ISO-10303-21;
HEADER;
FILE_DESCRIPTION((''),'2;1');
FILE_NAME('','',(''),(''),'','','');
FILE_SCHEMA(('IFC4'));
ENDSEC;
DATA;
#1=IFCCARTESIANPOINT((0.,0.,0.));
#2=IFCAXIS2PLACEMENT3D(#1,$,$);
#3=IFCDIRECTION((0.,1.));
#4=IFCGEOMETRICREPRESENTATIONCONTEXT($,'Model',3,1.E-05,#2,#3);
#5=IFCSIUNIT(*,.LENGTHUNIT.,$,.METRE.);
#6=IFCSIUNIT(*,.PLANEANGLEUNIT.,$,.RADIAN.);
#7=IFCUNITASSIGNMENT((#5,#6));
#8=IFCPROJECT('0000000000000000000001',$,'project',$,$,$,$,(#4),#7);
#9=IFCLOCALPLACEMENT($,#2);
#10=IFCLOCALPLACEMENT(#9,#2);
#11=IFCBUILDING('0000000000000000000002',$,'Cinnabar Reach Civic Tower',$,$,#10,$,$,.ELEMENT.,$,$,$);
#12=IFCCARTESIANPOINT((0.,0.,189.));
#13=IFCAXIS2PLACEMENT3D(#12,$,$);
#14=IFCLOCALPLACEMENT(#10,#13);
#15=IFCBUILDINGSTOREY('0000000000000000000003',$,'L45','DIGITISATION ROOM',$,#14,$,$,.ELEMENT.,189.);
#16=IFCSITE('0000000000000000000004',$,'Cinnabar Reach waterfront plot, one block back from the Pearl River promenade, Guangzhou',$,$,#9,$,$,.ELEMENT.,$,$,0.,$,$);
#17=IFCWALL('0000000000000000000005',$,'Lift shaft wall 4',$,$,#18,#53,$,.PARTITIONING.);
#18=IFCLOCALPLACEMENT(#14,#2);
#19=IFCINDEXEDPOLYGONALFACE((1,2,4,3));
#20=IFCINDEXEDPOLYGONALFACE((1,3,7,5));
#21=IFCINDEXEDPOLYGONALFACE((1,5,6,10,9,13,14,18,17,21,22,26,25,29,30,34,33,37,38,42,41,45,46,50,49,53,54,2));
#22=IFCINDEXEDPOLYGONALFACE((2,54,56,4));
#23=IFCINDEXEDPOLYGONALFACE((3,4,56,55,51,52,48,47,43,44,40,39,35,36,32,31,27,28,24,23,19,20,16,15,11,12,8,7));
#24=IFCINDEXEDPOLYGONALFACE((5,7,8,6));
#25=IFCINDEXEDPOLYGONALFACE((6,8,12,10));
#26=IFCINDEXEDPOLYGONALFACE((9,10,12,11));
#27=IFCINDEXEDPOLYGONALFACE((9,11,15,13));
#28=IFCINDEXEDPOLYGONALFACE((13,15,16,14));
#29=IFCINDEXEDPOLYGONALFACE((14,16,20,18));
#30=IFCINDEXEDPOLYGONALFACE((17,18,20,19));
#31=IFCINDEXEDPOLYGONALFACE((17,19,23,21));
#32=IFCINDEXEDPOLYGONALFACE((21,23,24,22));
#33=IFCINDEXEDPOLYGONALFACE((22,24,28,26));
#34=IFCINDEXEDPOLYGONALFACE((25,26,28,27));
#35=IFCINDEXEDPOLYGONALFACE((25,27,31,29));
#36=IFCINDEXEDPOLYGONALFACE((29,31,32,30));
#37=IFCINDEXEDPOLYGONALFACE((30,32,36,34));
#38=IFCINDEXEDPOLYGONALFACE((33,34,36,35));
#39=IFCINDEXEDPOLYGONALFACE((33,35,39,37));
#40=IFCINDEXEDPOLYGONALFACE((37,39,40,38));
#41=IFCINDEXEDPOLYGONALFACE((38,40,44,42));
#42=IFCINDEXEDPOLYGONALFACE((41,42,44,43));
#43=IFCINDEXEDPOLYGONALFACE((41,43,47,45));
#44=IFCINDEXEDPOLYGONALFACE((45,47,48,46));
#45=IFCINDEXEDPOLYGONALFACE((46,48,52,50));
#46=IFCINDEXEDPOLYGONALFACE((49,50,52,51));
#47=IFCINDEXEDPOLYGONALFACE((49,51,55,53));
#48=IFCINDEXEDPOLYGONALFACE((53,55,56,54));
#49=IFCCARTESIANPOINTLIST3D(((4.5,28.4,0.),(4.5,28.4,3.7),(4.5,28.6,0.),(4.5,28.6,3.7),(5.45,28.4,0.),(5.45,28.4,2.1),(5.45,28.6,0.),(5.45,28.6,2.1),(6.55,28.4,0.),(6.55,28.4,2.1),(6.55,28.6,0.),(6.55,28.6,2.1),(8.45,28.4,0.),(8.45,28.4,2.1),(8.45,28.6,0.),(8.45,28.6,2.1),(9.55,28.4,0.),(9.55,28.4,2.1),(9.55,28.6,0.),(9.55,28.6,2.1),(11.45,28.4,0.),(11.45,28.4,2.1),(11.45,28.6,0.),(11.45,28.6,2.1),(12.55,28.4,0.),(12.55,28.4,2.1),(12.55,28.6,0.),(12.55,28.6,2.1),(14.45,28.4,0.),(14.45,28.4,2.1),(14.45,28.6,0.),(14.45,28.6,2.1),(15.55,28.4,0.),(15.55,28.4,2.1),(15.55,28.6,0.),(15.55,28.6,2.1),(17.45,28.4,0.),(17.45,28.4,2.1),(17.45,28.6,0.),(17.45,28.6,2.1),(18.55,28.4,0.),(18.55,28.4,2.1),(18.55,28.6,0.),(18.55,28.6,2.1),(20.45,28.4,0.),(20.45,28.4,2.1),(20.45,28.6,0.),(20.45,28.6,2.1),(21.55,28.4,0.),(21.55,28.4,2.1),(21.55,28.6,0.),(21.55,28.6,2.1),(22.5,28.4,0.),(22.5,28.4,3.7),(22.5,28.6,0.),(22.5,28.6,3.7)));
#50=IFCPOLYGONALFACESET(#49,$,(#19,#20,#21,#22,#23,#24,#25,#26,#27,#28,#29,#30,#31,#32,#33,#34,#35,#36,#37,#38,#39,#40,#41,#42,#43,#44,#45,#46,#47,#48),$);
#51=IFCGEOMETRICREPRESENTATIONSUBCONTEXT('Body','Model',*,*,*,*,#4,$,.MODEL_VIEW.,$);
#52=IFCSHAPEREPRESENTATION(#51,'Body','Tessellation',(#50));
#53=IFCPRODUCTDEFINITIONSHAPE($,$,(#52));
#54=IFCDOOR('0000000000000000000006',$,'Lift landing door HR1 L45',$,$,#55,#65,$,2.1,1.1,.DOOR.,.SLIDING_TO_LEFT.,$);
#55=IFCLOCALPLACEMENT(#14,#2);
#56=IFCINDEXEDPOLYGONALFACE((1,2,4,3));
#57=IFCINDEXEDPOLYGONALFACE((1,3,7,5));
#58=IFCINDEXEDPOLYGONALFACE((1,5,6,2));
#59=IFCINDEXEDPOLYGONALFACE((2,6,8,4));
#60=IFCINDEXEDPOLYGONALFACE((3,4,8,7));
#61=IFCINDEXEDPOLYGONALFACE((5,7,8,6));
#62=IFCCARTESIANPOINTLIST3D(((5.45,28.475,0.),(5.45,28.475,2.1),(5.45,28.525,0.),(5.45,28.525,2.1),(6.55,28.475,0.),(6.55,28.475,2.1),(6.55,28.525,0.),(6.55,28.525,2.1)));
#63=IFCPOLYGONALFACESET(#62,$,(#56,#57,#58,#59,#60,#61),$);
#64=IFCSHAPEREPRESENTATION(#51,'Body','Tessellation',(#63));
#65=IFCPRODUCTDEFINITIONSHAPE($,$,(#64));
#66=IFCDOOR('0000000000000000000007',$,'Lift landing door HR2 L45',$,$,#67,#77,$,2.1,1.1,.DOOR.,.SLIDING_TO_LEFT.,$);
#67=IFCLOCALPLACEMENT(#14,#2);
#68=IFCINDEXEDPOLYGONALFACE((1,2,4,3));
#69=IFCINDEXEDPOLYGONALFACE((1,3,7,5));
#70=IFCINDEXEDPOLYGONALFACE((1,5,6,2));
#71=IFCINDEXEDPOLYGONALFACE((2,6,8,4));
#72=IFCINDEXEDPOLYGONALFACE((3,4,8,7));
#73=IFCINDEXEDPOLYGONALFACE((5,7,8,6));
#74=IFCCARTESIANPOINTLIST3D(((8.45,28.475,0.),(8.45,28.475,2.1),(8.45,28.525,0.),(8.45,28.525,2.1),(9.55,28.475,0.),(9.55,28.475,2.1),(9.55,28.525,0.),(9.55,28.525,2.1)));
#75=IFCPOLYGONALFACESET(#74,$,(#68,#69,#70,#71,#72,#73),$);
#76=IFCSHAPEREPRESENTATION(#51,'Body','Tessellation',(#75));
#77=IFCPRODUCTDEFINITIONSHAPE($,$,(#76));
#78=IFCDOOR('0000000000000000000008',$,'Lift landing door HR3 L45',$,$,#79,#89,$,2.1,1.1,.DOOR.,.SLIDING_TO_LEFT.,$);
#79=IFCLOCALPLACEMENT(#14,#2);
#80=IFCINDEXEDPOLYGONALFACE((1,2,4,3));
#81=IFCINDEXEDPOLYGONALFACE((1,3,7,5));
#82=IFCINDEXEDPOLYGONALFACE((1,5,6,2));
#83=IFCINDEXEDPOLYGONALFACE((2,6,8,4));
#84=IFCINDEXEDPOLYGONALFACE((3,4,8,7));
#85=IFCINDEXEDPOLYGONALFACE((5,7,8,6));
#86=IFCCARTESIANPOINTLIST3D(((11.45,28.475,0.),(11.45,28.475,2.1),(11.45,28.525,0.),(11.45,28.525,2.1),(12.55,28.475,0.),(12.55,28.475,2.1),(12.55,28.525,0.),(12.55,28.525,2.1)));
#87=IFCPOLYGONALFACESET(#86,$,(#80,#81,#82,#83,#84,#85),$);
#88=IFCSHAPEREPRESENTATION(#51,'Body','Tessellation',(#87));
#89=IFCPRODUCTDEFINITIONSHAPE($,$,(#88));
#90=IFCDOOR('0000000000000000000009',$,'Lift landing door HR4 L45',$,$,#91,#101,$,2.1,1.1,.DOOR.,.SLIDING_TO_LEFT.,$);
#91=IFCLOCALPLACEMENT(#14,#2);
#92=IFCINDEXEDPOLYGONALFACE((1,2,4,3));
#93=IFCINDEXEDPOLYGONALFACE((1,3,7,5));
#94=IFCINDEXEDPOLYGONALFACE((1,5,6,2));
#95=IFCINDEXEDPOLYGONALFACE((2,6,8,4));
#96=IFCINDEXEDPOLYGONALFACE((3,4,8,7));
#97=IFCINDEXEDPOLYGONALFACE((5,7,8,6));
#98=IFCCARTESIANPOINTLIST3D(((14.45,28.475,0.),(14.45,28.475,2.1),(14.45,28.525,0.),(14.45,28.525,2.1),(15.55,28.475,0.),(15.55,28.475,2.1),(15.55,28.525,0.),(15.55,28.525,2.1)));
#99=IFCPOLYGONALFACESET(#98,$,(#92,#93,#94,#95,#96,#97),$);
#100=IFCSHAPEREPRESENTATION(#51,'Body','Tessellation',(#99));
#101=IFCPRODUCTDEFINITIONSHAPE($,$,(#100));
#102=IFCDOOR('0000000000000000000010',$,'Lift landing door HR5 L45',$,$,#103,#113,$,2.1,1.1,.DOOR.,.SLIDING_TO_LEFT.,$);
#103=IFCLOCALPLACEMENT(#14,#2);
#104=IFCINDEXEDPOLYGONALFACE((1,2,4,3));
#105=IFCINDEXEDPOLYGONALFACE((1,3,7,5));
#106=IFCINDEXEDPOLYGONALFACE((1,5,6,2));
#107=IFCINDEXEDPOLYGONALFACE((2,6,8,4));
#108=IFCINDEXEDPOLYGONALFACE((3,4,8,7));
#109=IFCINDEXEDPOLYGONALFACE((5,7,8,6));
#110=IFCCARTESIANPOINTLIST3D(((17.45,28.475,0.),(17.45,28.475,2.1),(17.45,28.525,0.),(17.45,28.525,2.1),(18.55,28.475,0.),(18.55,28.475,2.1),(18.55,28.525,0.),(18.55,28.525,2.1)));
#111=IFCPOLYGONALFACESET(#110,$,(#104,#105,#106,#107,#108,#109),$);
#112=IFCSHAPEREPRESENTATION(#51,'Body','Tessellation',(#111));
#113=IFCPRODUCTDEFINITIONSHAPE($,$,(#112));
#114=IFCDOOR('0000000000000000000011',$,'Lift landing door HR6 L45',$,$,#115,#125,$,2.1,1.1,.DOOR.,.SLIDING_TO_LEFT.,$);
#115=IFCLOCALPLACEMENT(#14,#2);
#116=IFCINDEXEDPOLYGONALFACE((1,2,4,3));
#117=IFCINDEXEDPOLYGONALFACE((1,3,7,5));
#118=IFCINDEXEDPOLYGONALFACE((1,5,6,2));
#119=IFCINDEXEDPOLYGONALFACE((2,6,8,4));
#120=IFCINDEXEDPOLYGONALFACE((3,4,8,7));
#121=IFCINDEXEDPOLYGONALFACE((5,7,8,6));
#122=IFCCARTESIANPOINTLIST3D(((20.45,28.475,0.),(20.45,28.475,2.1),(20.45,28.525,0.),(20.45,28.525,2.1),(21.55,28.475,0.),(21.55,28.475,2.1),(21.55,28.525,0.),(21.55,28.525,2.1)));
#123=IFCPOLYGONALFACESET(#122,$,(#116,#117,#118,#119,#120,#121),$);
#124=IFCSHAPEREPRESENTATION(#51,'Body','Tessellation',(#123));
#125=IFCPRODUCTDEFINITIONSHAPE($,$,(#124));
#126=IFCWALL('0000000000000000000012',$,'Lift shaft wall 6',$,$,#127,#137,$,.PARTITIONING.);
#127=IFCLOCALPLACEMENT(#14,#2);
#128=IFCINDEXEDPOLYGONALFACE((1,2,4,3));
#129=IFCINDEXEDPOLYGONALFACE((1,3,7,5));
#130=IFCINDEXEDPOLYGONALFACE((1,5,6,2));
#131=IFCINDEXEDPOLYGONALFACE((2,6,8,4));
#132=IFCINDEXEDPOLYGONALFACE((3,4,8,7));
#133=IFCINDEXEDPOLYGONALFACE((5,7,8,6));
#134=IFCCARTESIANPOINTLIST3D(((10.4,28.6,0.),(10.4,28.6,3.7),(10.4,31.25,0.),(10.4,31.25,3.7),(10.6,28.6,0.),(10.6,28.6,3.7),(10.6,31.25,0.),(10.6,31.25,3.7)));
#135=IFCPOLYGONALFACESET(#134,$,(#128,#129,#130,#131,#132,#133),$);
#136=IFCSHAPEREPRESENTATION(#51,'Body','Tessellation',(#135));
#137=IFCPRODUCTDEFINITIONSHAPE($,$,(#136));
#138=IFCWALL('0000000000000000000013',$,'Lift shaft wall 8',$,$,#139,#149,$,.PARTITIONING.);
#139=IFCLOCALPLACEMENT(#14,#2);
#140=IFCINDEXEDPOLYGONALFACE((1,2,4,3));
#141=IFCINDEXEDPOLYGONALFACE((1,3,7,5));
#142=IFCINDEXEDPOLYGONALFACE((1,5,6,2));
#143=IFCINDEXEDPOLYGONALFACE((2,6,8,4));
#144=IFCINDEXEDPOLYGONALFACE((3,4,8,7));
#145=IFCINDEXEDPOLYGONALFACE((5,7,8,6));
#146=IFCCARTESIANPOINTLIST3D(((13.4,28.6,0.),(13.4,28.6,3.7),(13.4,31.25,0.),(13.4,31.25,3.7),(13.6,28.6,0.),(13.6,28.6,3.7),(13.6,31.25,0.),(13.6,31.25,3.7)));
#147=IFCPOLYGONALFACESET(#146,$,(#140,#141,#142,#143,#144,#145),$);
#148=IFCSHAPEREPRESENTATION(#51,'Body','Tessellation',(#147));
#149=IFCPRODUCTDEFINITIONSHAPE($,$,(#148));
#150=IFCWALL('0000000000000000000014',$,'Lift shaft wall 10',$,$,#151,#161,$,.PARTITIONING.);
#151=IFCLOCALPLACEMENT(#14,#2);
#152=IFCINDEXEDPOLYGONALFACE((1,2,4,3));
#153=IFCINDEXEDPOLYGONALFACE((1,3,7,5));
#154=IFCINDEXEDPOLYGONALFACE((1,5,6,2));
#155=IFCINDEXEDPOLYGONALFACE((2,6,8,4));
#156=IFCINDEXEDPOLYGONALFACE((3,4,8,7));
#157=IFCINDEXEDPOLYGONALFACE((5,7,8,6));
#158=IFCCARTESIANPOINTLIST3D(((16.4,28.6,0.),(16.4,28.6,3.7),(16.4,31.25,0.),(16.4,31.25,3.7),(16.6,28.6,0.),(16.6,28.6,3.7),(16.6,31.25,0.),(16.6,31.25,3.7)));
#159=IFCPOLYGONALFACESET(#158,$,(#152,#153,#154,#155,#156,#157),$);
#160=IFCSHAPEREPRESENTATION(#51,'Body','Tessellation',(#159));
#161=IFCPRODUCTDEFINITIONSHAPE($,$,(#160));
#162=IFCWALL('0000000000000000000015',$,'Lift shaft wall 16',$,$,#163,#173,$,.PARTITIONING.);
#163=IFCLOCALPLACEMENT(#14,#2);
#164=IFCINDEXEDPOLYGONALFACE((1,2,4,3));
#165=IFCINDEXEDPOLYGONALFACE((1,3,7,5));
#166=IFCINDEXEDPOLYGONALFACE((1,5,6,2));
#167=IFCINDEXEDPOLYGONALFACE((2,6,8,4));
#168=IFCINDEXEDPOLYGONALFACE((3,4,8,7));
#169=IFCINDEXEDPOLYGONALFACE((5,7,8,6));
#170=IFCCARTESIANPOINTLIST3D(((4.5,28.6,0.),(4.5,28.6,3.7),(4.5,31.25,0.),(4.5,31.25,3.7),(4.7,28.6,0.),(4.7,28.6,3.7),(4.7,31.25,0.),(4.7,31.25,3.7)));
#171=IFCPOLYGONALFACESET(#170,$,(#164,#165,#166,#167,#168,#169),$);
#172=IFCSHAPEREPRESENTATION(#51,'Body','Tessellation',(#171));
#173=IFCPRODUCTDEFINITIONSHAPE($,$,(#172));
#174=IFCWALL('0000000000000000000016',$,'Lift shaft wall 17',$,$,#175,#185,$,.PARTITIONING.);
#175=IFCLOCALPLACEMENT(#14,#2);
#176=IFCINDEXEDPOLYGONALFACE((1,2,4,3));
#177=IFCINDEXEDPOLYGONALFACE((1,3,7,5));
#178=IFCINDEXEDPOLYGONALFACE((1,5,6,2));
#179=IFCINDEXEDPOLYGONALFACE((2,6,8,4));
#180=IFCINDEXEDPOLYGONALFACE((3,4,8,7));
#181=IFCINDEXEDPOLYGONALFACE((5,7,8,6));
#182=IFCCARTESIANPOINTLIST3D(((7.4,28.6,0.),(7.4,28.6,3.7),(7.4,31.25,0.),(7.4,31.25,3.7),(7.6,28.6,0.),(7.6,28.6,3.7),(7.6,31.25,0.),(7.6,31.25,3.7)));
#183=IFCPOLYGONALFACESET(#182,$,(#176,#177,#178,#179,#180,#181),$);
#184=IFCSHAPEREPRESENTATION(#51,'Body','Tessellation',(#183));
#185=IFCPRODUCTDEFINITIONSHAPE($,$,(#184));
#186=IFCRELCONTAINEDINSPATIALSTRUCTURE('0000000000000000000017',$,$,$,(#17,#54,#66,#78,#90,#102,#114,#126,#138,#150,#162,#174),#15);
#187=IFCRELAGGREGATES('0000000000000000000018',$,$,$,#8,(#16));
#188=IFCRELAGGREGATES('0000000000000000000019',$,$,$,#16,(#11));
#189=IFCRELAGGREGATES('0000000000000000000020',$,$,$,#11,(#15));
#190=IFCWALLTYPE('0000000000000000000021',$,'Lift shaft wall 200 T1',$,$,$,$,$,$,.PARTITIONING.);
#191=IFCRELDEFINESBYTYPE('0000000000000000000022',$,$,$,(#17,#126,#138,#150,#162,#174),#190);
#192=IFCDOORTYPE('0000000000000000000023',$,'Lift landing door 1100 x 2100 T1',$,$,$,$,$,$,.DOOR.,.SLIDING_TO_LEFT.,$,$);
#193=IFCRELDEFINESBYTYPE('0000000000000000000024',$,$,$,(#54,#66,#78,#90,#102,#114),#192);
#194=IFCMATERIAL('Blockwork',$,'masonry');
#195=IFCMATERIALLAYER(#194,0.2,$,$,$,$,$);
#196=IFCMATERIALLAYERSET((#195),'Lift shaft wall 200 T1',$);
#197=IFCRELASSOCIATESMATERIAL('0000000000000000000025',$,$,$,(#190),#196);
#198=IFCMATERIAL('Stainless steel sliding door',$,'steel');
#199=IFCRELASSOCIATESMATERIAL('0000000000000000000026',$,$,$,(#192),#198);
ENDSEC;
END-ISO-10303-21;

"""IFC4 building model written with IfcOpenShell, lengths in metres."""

from ifc_helpers import new_model, si_unit, direction, frame, frame_2d, origin, place, context, subcontext, project, spatial, rectangle, extrude, material, layer, layer_set, type_object, element, fill, save


model = new_model("IFC4")

# Units and contexts
model_context = context("Model", 3, precision=1e-05, world=origin(), true_north=direction((0.0, 1.0)))
body_context = subcontext(model_context, "Body", "Model", "MODEL_VIEW")
ifc_project = project(units=[si_unit("LENGTHUNIT", "METRE"), si_unit("PLANEANGLEUNIT", "RADIAN")], contexts=[model_context])

# Site, building, storey
site_placement = place(None, origin())
site = spatial("IfcSite", under=ifc_project, at=site_placement, Name="Cinnabar Reach waterfront plot, one block back from the Pearl River promenade, Guangzhou", CompositionType="ELEMENT", RefElevation=0.0)
building_placement = place(site_placement, origin())
building = spatial("IfcBuilding", under=site, at=building_placement, Name="Cinnabar Reach Civic Tower", CompositionType="ELEMENT")
storey_placement = place(building_placement, frame((0.0, 0.0, 189.0)))
storey = spatial("IfcBuildingStorey", under=building, at=storey_placement, Name="L45", Description="DIGITISATION ROOM", CompositionType="ELEMENT", Elevation=189.0)

# Wall, openings, doors
ifc_material_1 = material(Name="Blockwork", Category="masonry")
ifc_layer_1 = layer(ifc_material_1, 0.2)
ifc_layer_set_1 = layer_set([ifc_layer_1], Name="Lift shaft wall 200 T1")
wall_type_1 = type_object("IfcWallType", Name="Lift shaft wall 200 T1", PredefinedType="PARTITIONING", material=ifc_layer_set_1)
wall_1_placement = place(storey_placement, frame((4.5, 28.5, 0.0), z_axis=(0.0, 0.0, 1.0), x_axis=(1.0, 0.0, 0.0)))
wall_1 = element("IfcWall", 1, at=wall_1_placement, inside=storey, type_object=wall_type_1, Name="Lift shaft wall 4", PredefinedType="PARTITIONING", context=body_context, shape_type="SweptSolid", body=[
    extrude(rectangle(XDim=18.0, YDim=0.2, at=frame_2d((9.0, 0.0))), origin(), (0.0, 0.0, 1.0), 3.7),
])
opening_1_placement = place(wall_1_placement, frame((0.95, 0.0, 0.0)))
opening_1 = element("IfcOpeningElement", 2, at=opening_1_placement, cuts=wall_1, PredefinedType="OPENING", context=body_context, shape_type="SweptSolid", body=[
    extrude(rectangle(XDim=1.1, YDim=2.1, at=frame_2d((0.55, 1.05))), frame((0.0, 0.11, 0.0), z_axis=(0.0, -1.0, 0.0), x_axis=(1.0, 0.0, 0.0)), (0.0, 0.0, 1.0), 0.22),
])
opening_2_placement = place(wall_1_placement, frame((3.95, 0.0, 0.0)))
opening_2 = element("IfcOpeningElement", 3, at=opening_2_placement, cuts=wall_1, PredefinedType="OPENING", context=body_context, shape_type="SweptSolid", body=[
    extrude(rectangle(XDim=1.1, YDim=2.1, at=frame_2d((0.55, 1.05))), frame((0.0, 0.11, 0.0), z_axis=(0.0, -1.0, 0.0), x_axis=(1.0, 0.0, 0.0)), (0.0, 0.0, 1.0), 0.22),
])
opening_3_placement = place(wall_1_placement, frame((6.95, 0.0, 0.0)))
opening_3 = element("IfcOpeningElement", 4, at=opening_3_placement, cuts=wall_1, PredefinedType="OPENING", context=body_context, shape_type="SweptSolid", body=[
    extrude(rectangle(XDim=1.1, YDim=2.1, at=frame_2d((0.55, 1.05))), frame((0.0, 0.11, 0.0), z_axis=(0.0, -1.0, 0.0), x_axis=(1.0, 0.0, 0.0)), (0.0, 0.0, 1.0), 0.22),
])
opening_4_placement = place(wall_1_placement, frame((9.95, 0.0, 0.0)))
opening_4 = element("IfcOpeningElement", 5, at=opening_4_placement, cuts=wall_1, PredefinedType="OPENING", context=body_context, shape_type="SweptSolid", body=[
    extrude(rectangle(XDim=1.1, YDim=2.1, at=frame_2d((0.55, 1.05))), frame((0.0, 0.11, 0.0), z_axis=(0.0, -1.0, 0.0), x_axis=(1.0, 0.0, 0.0)), (0.0, 0.0, 1.0), 0.22),
])
opening_5_placement = place(wall_1_placement, frame((12.95, 0.0, 0.0)))
opening_5 = element("IfcOpeningElement", 6, at=opening_5_placement, cuts=wall_1, PredefinedType="OPENING", context=body_context, shape_type="SweptSolid", body=[
    extrude(rectangle(XDim=1.1, YDim=2.1, at=frame_2d((0.55, 1.05))), frame((0.0, 0.11, 0.0), z_axis=(0.0, -1.0, 0.0), x_axis=(1.0, 0.0, 0.0)), (0.0, 0.0, 1.0), 0.22),
])
opening_6_placement = place(wall_1_placement, frame((15.95, 0.0, 0.0)))
opening_6 = element("IfcOpeningElement", 7, at=opening_6_placement, cuts=wall_1, PredefinedType="OPENING", context=body_context, shape_type="SweptSolid", body=[
    extrude(rectangle(XDim=1.1, YDim=2.1, at=frame_2d((0.55, 1.05))), frame((0.0, 0.11, 0.0), z_axis=(0.0, -1.0, 0.0), x_axis=(1.0, 0.0, 0.0)), (0.0, 0.0, 1.0), 0.22),
])
ifc_material_2 = material(Name="Stainless steel sliding door", Category="steel")
door_type_1 = type_object("IfcDoorType", Name="Lift landing door 1100 x 2100 T1", OperationType="SLIDING_TO_LEFT", PredefinedType="DOOR", material=ifc_material_2)
door_1_placement = place(opening_1_placement, origin())
door_1 = element("IfcDoor", 8, at=door_1_placement, inside=storey, type_object=door_type_1, Name="Lift landing door HR1 L45", OperationType="SLIDING_TO_LEFT", OverallHeight=2.1, OverallWidth=1.1, PredefinedType="DOOR", context=body_context, shape_type="SweptSolid", body=[
    extrude(rectangle(XDim=1.1, YDim=2.1, at=frame_2d((0.55, 1.05))), frame((0.0, 0.025, 0.0), z_axis=(0.0, -1.0, 0.0), x_axis=(1.0, 0.0, 0.0)), (0.0, 0.0, 1.0), 0.05),
])
fill(opening_1, door_1)
door_2_placement = place(opening_2_placement, origin())
door_2 = element("IfcDoor", 9, at=door_2_placement, inside=storey, type_object=door_type_1, Name="Lift landing door HR2 L45", OperationType="SLIDING_TO_LEFT", OverallHeight=2.1, OverallWidth=1.1, PredefinedType="DOOR", context=body_context, shape_type="SweptSolid", body=[
    extrude(rectangle(XDim=1.1, YDim=2.1, at=frame_2d((0.55, 1.05))), frame((0.0, 0.025, 0.0), z_axis=(0.0, -1.0, 0.0), x_axis=(1.0, 0.0, 0.0)), (0.0, 0.0, 1.0), 0.05),
])
fill(opening_2, door_2)
door_3_placement = place(opening_3_placement, origin())
door_3 = element("IfcDoor", 10, at=door_3_placement, inside=storey, type_object=door_type_1, Name="Lift landing door HR3 L45", OperationType="SLIDING_TO_LEFT", OverallHeight=2.1, OverallWidth=1.1, PredefinedType="DOOR", context=body_context, shape_type="SweptSolid", body=[
    extrude(rectangle(XDim=1.1, YDim=2.1, at=frame_2d((0.55, 1.05))), frame((0.0, 0.025, 0.0), z_axis=(0.0, -1.0, 0.0), x_axis=(1.0, 0.0, 0.0)), (0.0, 0.0, 1.0), 0.05),
])
fill(opening_3, door_3)
door_4_placement = place(opening_4_placement, origin())
door_4 = element("IfcDoor", 11, at=door_4_placement, inside=storey, type_object=door_type_1, Name="Lift landing door HR4 L45", OperationType="SLIDING_TO_LEFT", OverallHeight=2.1, OverallWidth=1.1, PredefinedType="DOOR", context=body_context, shape_type="SweptSolid", body=[
    extrude(rectangle(XDim=1.1, YDim=2.1, at=frame_2d((0.55, 1.05))), frame((0.0, 0.025, 0.0), z_axis=(0.0, -1.0, 0.0), x_axis=(1.0, 0.0, 0.0)), (0.0, 0.0, 1.0), 0.05),
])
fill(opening_4, door_4)
door_5_placement = place(opening_5_placement, origin())
door_5 = element("IfcDoor", 12, at=door_5_placement, inside=storey, type_object=door_type_1, Name="Lift landing door HR5 L45", OperationType="SLIDING_TO_LEFT", OverallHeight=2.1, OverallWidth=1.1, PredefinedType="DOOR", context=body_context, shape_type="SweptSolid", body=[
    extrude(rectangle(XDim=1.1, YDim=2.1, at=frame_2d((0.55, 1.05))), frame((0.0, 0.025, 0.0), z_axis=(0.0, -1.0, 0.0), x_axis=(1.0, 0.0, 0.0)), (0.0, 0.0, 1.0), 0.05),
])
fill(opening_5, door_5)
door_6_placement = place(opening_6_placement, origin())
door_6 = element("IfcDoor", 13, at=door_6_placement, inside=storey, type_object=door_type_1, Name="Lift landing door HR6 L45", OperationType="SLIDING_TO_LEFT", OverallHeight=2.1, OverallWidth=1.1, PredefinedType="DOOR", context=body_context, shape_type="SweptSolid", body=[
    extrude(rectangle(XDim=1.1, YDim=2.1, at=frame_2d((0.55, 1.05))), frame((0.0, 0.025, 0.0), z_axis=(0.0, -1.0, 0.0), x_axis=(1.0, 0.0, 0.0)), (0.0, 0.0, 1.0), 0.05),
])
fill(opening_6, door_6)

# Walls
for number, where, z_axis, x_axis, name in (
    (14, (10.5, 28.6, 0.0), (0.0, 0.0, 1.0), (0.0, 1.0, 0.0), "Lift shaft wall 6"),
    (15, (13.5, 28.6, 0.0), (0.0, 0.0, 1.0), (0.0, 1.0, 0.0), "Lift shaft wall 8"),
    (16, (16.5, 28.6, 0.0), (0.0, 0.0, 1.0), (0.0, 1.0, 0.0), "Lift shaft wall 10"),
    (17, (4.6, 28.6, 0.0), (0.0, 0.0, 1.0), (0.0, 1.0, 0.0), "Lift shaft wall 16"),
    (18, (7.5, 28.6, 0.0), (0.0, 0.0, 1.0), (0.0, 1.0, 0.0), "Lift shaft wall 17"),
):
    element("IfcWall", number, at=place(storey_placement, frame(where, z_axis=z_axis, x_axis=x_axis)), inside=storey, type_object=wall_type_1, Name=name, PredefinedType="PARTITIONING", context=body_context, shape_type="SweptSolid", body=[
        extrude(rectangle(XDim=2.65, YDim=0.2, at=frame_2d((1.325, 0.0))), origin(), (0.0, 0.0, 1.0), 3.7),
    ])

save(model, "model.ifc")
